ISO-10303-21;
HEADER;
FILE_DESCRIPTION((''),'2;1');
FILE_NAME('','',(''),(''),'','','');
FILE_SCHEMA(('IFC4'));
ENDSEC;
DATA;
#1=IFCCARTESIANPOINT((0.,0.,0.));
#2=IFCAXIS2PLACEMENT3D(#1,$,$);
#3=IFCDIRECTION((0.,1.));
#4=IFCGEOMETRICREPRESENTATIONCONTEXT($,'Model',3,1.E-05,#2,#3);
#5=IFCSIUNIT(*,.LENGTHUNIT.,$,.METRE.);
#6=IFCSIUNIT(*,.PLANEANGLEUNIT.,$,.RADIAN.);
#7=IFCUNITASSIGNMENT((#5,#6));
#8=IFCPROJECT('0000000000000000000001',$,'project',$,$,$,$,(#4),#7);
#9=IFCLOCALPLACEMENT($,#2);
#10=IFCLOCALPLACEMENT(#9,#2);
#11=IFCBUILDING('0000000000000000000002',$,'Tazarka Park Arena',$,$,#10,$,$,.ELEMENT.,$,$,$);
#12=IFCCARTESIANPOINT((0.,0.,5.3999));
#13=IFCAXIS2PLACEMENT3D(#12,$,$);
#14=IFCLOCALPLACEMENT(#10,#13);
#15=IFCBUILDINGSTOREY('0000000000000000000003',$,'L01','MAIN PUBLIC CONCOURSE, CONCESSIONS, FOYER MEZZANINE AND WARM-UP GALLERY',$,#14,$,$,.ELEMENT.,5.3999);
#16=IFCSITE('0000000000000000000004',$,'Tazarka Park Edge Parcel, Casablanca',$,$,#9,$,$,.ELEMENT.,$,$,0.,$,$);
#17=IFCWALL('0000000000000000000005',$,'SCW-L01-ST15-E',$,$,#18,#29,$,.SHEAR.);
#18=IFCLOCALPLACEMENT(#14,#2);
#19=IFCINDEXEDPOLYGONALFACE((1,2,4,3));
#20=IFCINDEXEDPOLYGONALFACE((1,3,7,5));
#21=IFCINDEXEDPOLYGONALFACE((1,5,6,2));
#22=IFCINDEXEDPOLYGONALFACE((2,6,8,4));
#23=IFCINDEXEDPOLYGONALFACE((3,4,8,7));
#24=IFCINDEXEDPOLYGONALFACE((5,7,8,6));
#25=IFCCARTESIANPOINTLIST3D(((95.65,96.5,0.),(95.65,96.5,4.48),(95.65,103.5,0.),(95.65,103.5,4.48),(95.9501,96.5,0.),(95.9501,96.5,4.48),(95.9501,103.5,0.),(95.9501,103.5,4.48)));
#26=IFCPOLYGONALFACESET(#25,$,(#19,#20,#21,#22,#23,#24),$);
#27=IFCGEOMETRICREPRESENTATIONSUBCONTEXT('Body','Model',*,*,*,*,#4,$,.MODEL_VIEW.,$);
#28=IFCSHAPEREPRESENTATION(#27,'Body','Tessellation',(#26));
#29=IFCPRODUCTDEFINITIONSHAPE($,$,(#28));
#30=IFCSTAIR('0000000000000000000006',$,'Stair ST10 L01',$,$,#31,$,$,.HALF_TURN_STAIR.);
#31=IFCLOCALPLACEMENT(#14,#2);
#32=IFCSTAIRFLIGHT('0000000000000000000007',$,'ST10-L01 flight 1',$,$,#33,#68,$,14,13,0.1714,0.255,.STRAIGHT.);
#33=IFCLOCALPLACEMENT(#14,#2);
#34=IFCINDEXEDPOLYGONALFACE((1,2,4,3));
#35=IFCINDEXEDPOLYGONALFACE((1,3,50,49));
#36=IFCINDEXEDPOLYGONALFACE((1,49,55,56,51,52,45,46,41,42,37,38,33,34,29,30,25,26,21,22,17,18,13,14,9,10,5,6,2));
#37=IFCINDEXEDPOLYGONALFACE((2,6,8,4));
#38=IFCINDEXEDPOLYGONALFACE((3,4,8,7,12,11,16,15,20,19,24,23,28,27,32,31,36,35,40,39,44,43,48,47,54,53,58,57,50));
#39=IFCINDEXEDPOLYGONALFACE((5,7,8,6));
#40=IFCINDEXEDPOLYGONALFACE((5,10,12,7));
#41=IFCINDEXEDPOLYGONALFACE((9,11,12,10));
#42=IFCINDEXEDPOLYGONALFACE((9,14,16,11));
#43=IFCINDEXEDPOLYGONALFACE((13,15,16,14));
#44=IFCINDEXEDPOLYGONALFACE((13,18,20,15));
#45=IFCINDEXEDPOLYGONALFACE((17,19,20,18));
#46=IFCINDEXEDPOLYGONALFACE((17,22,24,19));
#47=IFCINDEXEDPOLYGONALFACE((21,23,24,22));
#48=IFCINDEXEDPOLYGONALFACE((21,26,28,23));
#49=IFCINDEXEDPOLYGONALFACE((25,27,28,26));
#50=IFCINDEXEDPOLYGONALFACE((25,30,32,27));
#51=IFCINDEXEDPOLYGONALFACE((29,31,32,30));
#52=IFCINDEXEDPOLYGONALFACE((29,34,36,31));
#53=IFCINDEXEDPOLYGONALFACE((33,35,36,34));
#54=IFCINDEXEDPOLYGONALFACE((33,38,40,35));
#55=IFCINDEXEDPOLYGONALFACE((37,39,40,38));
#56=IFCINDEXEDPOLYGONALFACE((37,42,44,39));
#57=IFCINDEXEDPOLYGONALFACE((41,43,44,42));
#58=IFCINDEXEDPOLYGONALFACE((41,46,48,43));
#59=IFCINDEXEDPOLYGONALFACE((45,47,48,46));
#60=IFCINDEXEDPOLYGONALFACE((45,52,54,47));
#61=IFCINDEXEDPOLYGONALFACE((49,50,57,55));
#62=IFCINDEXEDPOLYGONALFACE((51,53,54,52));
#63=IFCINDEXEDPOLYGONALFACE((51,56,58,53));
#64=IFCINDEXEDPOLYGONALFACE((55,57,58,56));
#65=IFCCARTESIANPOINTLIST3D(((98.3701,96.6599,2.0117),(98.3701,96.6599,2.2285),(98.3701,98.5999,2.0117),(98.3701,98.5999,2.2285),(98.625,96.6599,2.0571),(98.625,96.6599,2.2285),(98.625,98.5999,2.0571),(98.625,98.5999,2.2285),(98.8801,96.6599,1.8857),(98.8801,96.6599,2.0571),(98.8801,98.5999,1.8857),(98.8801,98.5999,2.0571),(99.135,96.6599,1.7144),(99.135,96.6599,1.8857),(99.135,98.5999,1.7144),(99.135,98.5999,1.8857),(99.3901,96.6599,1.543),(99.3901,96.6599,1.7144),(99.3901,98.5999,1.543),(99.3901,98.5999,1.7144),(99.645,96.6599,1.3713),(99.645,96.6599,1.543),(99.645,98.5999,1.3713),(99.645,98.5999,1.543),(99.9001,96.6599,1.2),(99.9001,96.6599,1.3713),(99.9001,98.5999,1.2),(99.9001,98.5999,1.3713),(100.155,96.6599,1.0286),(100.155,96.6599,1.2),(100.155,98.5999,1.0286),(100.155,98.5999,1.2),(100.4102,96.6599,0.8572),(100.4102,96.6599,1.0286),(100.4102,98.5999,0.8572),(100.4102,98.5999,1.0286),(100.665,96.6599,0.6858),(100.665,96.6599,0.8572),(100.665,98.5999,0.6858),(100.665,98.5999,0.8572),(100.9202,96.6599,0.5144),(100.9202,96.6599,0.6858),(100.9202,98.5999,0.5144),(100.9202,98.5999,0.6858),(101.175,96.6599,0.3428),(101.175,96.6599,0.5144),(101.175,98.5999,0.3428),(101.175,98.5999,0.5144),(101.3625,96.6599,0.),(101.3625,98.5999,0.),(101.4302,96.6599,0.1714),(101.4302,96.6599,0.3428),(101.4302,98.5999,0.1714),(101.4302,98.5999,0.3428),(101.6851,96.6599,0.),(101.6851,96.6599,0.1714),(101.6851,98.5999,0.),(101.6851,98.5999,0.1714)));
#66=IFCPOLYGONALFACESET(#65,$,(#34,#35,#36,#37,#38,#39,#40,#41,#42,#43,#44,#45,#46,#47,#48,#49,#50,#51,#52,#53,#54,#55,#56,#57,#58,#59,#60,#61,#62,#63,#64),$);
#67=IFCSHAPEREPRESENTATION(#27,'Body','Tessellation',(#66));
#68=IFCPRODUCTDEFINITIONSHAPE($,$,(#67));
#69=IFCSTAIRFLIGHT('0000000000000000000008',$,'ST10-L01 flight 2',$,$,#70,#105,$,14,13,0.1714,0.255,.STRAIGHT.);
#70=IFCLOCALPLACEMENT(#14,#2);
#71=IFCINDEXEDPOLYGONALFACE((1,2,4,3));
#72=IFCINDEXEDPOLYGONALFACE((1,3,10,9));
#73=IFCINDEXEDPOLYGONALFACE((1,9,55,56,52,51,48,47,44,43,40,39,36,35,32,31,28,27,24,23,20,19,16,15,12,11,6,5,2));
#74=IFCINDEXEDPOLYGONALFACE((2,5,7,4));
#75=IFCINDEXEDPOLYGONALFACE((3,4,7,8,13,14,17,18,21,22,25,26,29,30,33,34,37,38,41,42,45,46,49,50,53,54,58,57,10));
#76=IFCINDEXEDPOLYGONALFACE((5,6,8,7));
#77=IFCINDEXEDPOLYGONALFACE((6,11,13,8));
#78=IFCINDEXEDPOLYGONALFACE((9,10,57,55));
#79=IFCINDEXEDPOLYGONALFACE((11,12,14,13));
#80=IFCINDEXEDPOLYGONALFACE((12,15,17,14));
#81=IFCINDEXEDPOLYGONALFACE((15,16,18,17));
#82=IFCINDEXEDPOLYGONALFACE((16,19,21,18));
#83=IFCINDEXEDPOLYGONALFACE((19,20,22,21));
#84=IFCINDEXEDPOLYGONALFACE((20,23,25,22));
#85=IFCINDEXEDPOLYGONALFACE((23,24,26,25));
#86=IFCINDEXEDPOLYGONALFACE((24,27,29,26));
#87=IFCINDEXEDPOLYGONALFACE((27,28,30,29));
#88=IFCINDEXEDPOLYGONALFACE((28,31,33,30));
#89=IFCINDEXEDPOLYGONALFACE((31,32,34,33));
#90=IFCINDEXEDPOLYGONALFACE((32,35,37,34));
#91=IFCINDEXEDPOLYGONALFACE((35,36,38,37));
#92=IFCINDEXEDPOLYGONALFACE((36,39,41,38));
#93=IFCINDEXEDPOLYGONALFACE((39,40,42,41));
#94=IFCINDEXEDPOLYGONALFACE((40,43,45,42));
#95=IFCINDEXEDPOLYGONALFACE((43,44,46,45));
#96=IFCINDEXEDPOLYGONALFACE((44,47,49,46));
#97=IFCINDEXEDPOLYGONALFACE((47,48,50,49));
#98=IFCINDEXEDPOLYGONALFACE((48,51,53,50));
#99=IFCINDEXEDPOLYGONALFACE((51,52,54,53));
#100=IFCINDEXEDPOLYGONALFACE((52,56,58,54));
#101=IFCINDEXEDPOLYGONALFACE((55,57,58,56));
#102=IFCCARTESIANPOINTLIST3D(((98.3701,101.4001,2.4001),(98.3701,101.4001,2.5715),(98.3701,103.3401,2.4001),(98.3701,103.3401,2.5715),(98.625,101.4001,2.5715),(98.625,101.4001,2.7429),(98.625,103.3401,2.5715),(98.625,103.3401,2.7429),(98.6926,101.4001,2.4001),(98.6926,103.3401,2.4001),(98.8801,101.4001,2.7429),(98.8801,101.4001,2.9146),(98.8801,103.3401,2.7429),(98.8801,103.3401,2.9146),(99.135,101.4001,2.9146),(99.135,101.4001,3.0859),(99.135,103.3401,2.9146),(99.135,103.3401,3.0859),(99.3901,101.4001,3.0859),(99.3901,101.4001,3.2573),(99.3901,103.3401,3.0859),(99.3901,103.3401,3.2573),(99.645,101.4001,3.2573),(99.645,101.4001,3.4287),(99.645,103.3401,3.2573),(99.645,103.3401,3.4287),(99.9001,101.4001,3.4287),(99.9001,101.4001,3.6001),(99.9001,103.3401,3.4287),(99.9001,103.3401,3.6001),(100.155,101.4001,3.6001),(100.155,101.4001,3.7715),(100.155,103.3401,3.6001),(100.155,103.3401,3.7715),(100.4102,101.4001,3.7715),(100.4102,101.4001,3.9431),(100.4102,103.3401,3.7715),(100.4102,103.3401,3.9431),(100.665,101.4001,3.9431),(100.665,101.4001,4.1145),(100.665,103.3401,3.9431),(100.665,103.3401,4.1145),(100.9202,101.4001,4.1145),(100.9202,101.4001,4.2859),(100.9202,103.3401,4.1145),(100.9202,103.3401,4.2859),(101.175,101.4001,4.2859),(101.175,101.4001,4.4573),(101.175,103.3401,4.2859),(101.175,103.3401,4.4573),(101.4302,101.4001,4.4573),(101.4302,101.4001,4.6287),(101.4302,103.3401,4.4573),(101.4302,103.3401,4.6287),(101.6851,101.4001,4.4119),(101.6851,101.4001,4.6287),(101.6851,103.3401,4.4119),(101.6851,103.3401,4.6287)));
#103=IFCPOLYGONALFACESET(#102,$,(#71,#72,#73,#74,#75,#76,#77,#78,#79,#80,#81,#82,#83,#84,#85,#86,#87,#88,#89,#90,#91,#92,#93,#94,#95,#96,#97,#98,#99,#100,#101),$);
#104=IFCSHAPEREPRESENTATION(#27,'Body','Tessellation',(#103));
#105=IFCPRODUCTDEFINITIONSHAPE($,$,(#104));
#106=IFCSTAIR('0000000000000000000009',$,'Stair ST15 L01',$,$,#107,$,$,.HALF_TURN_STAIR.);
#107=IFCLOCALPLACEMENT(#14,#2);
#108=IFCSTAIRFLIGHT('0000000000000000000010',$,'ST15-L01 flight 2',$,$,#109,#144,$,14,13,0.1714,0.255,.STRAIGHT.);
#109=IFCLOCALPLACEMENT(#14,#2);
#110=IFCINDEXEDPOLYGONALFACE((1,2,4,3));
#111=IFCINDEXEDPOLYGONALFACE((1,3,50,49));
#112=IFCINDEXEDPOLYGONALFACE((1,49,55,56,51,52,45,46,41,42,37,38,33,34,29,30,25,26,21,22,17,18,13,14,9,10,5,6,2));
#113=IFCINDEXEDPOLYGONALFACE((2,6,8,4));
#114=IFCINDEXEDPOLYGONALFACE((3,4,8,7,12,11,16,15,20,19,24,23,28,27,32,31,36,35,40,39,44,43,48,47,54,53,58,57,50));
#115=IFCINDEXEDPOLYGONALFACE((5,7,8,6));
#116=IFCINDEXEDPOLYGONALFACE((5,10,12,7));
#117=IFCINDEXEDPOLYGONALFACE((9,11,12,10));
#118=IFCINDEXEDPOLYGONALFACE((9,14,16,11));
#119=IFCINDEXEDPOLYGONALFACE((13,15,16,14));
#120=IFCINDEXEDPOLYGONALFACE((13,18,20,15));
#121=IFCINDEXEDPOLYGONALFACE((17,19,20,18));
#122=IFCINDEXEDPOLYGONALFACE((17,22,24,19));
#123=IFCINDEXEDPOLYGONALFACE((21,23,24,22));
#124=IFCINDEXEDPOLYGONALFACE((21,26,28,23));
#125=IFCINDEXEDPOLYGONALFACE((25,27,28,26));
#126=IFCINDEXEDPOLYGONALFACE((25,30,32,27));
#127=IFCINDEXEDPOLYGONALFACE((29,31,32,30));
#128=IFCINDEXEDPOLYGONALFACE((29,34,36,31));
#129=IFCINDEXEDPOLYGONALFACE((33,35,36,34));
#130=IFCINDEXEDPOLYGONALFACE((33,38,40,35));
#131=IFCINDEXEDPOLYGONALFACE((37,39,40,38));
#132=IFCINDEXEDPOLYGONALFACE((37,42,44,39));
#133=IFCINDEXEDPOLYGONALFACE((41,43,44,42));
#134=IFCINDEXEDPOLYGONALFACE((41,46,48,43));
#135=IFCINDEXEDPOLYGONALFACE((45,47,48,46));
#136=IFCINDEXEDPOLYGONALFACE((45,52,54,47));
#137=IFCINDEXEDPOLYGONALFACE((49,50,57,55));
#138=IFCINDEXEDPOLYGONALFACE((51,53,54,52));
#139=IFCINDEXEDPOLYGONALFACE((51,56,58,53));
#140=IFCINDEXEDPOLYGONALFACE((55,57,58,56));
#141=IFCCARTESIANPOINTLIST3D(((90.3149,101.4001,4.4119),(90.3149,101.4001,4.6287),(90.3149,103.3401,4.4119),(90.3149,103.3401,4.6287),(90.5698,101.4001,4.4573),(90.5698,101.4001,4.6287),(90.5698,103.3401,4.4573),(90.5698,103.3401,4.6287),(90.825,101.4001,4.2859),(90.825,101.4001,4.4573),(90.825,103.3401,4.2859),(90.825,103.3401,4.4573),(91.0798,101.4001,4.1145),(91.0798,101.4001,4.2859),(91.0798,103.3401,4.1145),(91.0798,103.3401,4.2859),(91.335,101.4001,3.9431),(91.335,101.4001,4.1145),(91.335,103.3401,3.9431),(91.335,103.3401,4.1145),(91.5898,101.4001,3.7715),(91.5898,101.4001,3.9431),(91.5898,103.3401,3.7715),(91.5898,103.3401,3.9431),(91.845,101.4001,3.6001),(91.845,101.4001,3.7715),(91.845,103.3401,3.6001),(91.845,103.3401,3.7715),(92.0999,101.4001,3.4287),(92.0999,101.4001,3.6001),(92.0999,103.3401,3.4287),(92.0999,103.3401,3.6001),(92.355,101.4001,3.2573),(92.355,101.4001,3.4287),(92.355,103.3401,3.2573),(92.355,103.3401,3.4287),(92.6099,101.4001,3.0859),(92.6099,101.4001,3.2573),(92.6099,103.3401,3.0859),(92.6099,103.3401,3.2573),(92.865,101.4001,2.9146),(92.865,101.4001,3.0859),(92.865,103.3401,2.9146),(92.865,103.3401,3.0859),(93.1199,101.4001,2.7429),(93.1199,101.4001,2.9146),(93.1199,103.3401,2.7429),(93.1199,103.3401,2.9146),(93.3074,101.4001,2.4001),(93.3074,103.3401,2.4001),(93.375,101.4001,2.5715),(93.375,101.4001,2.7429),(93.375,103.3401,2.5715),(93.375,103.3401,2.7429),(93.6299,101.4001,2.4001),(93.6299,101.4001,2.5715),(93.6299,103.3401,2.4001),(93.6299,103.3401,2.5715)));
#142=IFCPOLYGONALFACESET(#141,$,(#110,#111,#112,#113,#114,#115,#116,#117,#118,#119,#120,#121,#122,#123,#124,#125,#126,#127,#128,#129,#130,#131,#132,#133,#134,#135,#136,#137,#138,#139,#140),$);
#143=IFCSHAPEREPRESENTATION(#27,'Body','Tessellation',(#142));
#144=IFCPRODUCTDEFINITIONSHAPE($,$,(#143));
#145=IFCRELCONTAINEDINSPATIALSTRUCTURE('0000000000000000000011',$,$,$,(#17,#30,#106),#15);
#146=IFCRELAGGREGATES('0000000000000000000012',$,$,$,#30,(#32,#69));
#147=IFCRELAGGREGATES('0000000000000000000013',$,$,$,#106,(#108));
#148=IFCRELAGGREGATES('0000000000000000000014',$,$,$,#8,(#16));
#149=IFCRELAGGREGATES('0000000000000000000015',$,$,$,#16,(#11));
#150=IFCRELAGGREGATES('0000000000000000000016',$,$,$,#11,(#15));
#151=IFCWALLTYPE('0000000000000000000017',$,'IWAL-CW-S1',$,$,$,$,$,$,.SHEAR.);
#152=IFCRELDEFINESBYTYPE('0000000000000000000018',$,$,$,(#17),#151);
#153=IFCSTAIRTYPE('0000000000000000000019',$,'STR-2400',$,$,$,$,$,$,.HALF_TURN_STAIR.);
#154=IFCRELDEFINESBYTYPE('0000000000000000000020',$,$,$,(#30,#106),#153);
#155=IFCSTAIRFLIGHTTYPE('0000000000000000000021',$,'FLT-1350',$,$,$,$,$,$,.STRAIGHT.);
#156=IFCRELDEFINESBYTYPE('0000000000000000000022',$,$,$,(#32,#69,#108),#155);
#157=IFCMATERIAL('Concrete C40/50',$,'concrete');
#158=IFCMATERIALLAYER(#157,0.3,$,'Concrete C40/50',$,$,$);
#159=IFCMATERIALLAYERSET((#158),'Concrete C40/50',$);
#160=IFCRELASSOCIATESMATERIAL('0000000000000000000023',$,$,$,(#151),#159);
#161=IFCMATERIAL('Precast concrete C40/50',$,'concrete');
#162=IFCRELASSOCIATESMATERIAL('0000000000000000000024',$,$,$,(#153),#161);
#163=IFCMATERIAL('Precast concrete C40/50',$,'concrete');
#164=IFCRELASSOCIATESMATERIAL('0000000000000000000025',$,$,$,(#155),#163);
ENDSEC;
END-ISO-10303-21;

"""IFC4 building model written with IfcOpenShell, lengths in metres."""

from ifc_helpers import new_model, si_unit, direction, frame, frame_2d, origin, place, context, subcontext, project, spatial, polyline, rectangle, outline, extrude, material, layer, layer_set, type_object, element, aggregate, save


model = new_model("IFC4")

# Units and contexts
model_context = context("Model", 3, precision=1e-05, world=origin(), true_north=direction((0.0, 1.0)))
body_context = subcontext(model_context, "Body", "Model", "MODEL_VIEW")
ifc_project = project(units=[si_unit("LENGTHUNIT", "METRE"), si_unit("PLANEANGLEUNIT", "RADIAN")], contexts=[model_context])

# Site, building, storey
site_placement = place(None, origin())
site = spatial("IfcSite", under=ifc_project, at=site_placement, Name="Tazarka Park Edge Parcel, Casablanca", CompositionType="ELEMENT", RefElevation=0.0)
building_placement = place(site_placement, origin())
building = spatial("IfcBuilding", under=site, at=building_placement, Name="Tazarka Park Arena", CompositionType="ELEMENT")
storey_placement = place(building_placement, frame((0.0, 0.0, 5.3999)))
storey = spatial("IfcBuildingStorey", under=building, at=storey_placement, Name="L01", Description="MAIN PUBLIC CONCOURSE, CONCESSIONS, FOYER MEZZANINE AND WARM-UP GALLERY", CompositionType="ELEMENT", Elevation=5.3999)

# Shared definitions
ifc_material_1 = material(Name="Concrete C40/50", Category="concrete")
ifc_layer = layer(ifc_material_1, 0.3, Name="Concrete C40/50")
ifc_layer_set = layer_set([ifc_layer], Name="Concrete C40/50")
wall_type = type_object("IfcWallType", Name="IWAL-CW-S1", PredefinedType="SHEAR", material=ifc_layer_set)

# Wall
wall_1_placement = place(storey_placement, frame((95.8, 103.5, 0.0), z_axis=(0.0, 0.0, 1.0), x_axis=(0.0, -1.0, 0.0)))
element("IfcWall", 1, at=wall_1_placement, inside=storey, type_object=wall_type, Name="SCW-L01-ST15-E", PredefinedType="SHEAR", context=body_context, shape_type="SweptSolid", body=[
    extrude(rectangle(XDim=7.0, YDim=0.3, at=frame_2d((3.5, 0.0))), origin(), (0.0, 0.0, 1.0), 4.48),
])

# Stair, stair flights
ifc_material_2 = material(Name="Precast concrete C40/50", Category="concrete")
stair_type = type_object("IfcStairType", Name="STR-2400", PredefinedType="HALF_TURN_STAIR", material=ifc_material_2)
stair_1_placement = place(storey_placement, origin())
stair_1 = element("IfcStair", 2, at=stair_1_placement, inside=storey, type_object=stair_type, Name="Stair ST10 L01", PredefinedType="HALF_TURN_STAIR")
ifc_material_3 = material(Name="Precast concrete C40/50", Category="concrete")
stair_flight_type = type_object("IfcStairFlightType", Name="FLT-1350", PredefinedType="STRAIGHT", material=ifc_material_3)
stair_flight_1_placement = place(storey_placement, frame((101.6851, 97.6299, 0.0), z_axis=(0.0, 0.0, 1.0), x_axis=(-1.0, 0.0, 0.0)))
stair_flight_1 = element("IfcStairFlight", 3, at=stair_flight_1_placement, type_object=stair_flight_type, Name="ST10-L01 flight 1", NumberOfRisers=14, NumberOfTreads=13, PredefinedType="STRAIGHT", RiserHeight=0.1714, TreadLength=0.255, context=body_context, shape_type="SweptSolid", body=[
    extrude(outline(polyline([(0.0, 0.0), (0.0, 0.1714), (0.2549, 0.1714), (0.2549, 0.3428), (0.51, 0.3428), (0.51, 0.5144), (0.7649, 0.5144), (0.7649, 0.6858), (1.02, 0.6858), (1.02, 0.8572), (1.2749, 0.8572), (1.2749, 1.0286), (1.53, 1.0286), (1.53, 1.2), (1.7849, 1.2), (1.7849, 1.3713), (2.04, 1.3713), (2.04, 1.543), (2.2949, 1.543), (2.2949, 1.7144), (2.55, 1.7144), (2.55, 1.8857), (2.8049, 1.8857), (2.8049, 2.0571), (3.0601, 2.0571), (3.0601, 2.2285), (3.3149, 2.2285), (3.3149, 2.3999), (3.3149, 2.0117), (0.3225, 0.0), (0.0, 0.0)])), frame((0.0, 0.97, 0.0), z_axis=(0.0, -1.0, 0.0), x_axis=(1.0, 0.0, 0.0)), (0.0, 0.0, 1.0), 1.9399),
])
stair_flight_2_placement = place(storey_placement, frame((98.3701, 102.3701, 2.4001), z_axis=(0.0, 0.0, 1.0), x_axis=(1.0, 0.0, 0.0)))
stair_flight_2 = element("IfcStairFlight", 4, at=stair_flight_2_placement, type_object=stair_flight_type, Name="ST10-L01 flight 2", NumberOfRisers=14, NumberOfTreads=13, PredefinedType="STRAIGHT", RiserHeight=0.1714, TreadLength=0.255, context=body_context, shape_type="SweptSolid", body=[
    extrude(outline(polyline([(0.0, 0.0), (0.0, 0.1714), (0.2549, 0.1714), (0.2549, 0.3428), (0.51, 0.3428), (0.51, 0.5144), (0.7649, 0.5144), (0.7649, 0.6858), (1.02, 0.6858), (1.02, 0.8572), (1.2749, 0.8572), (1.2749, 1.0286), (1.53, 1.0286), (1.53, 1.2), (1.7849, 1.2), (1.7849, 1.3713), (2.04, 1.3713), (2.04, 1.543), (2.2949, 1.543), (2.2949, 1.7144), (2.55, 1.7144), (2.55, 1.8857), (2.8049, 1.8857), (2.8049, 2.0571), (3.0601, 2.0571), (3.0601, 2.2285), (3.3149, 2.2285), (3.3149, 2.3999), (3.3149, 2.0117), (0.3225, 0.0), (0.0, 0.0)])), frame((0.0, 0.97, 0.0), z_axis=(0.0, -1.0, 0.0), x_axis=(1.0, 0.0, 0.0)), (0.0, 0.0, 1.0), 1.9399),
])
aggregate(stair_1, [stair_flight_1, stair_flight_2])

# Stair, stair flight
stair_2_placement = place(storey_placement, origin())
stair_2 = element("IfcStair", 5, at=stair_2_placement, inside=storey, type_object=stair_type, Name="Stair ST15 L01", PredefinedType="HALF_TURN_STAIR")
stair_flight_3_placement = place(storey_placement, frame((93.6299, 102.3701, 2.4001), z_axis=(0.0, 0.0, 1.0), x_axis=(-1.0, 0.0, 0.0)))
stair_flight_3 = element("IfcStairFlight", 6, at=stair_flight_3_placement, type_object=stair_flight_type, Name="ST15-L01 flight 2", NumberOfRisers=14, NumberOfTreads=13, PredefinedType="STRAIGHT", RiserHeight=0.1714, TreadLength=0.255, context=body_context, shape_type="SweptSolid", body=[
    extrude(outline(polyline([(0.0, 0.0), (0.0, 0.1714), (0.2549, 0.1714), (0.2549, 0.3428), (0.51, 0.3428), (0.51, 0.5144), (0.7649, 0.5144), (0.7649, 0.6858), (1.02, 0.6858), (1.02, 0.8572), (1.2749, 0.8572), (1.2749, 1.0286), (1.53, 1.0286), (1.53, 1.2), (1.7849, 1.2), (1.7849, 1.3713), (2.04, 1.3713), (2.04, 1.543), (2.2949, 1.543), (2.2949, 1.7144), (2.55, 1.7144), (2.55, 1.8857), (2.8049, 1.8857), (2.8049, 2.0571), (3.0601, 2.0571), (3.0601, 2.2285), (3.3149, 2.2285), (3.3149, 2.3999), (3.3149, 2.0117), (0.3225, 0.0), (0.0, 0.0)])), frame((0.0, 0.97, 0.0), z_axis=(0.0, -1.0, 0.0), x_axis=(1.0, 0.0, 0.0)), (0.0, 0.0, 1.0), 1.9399),
])
aggregate(stair_2, [stair_flight_3])

save(model, "model.ifc")
